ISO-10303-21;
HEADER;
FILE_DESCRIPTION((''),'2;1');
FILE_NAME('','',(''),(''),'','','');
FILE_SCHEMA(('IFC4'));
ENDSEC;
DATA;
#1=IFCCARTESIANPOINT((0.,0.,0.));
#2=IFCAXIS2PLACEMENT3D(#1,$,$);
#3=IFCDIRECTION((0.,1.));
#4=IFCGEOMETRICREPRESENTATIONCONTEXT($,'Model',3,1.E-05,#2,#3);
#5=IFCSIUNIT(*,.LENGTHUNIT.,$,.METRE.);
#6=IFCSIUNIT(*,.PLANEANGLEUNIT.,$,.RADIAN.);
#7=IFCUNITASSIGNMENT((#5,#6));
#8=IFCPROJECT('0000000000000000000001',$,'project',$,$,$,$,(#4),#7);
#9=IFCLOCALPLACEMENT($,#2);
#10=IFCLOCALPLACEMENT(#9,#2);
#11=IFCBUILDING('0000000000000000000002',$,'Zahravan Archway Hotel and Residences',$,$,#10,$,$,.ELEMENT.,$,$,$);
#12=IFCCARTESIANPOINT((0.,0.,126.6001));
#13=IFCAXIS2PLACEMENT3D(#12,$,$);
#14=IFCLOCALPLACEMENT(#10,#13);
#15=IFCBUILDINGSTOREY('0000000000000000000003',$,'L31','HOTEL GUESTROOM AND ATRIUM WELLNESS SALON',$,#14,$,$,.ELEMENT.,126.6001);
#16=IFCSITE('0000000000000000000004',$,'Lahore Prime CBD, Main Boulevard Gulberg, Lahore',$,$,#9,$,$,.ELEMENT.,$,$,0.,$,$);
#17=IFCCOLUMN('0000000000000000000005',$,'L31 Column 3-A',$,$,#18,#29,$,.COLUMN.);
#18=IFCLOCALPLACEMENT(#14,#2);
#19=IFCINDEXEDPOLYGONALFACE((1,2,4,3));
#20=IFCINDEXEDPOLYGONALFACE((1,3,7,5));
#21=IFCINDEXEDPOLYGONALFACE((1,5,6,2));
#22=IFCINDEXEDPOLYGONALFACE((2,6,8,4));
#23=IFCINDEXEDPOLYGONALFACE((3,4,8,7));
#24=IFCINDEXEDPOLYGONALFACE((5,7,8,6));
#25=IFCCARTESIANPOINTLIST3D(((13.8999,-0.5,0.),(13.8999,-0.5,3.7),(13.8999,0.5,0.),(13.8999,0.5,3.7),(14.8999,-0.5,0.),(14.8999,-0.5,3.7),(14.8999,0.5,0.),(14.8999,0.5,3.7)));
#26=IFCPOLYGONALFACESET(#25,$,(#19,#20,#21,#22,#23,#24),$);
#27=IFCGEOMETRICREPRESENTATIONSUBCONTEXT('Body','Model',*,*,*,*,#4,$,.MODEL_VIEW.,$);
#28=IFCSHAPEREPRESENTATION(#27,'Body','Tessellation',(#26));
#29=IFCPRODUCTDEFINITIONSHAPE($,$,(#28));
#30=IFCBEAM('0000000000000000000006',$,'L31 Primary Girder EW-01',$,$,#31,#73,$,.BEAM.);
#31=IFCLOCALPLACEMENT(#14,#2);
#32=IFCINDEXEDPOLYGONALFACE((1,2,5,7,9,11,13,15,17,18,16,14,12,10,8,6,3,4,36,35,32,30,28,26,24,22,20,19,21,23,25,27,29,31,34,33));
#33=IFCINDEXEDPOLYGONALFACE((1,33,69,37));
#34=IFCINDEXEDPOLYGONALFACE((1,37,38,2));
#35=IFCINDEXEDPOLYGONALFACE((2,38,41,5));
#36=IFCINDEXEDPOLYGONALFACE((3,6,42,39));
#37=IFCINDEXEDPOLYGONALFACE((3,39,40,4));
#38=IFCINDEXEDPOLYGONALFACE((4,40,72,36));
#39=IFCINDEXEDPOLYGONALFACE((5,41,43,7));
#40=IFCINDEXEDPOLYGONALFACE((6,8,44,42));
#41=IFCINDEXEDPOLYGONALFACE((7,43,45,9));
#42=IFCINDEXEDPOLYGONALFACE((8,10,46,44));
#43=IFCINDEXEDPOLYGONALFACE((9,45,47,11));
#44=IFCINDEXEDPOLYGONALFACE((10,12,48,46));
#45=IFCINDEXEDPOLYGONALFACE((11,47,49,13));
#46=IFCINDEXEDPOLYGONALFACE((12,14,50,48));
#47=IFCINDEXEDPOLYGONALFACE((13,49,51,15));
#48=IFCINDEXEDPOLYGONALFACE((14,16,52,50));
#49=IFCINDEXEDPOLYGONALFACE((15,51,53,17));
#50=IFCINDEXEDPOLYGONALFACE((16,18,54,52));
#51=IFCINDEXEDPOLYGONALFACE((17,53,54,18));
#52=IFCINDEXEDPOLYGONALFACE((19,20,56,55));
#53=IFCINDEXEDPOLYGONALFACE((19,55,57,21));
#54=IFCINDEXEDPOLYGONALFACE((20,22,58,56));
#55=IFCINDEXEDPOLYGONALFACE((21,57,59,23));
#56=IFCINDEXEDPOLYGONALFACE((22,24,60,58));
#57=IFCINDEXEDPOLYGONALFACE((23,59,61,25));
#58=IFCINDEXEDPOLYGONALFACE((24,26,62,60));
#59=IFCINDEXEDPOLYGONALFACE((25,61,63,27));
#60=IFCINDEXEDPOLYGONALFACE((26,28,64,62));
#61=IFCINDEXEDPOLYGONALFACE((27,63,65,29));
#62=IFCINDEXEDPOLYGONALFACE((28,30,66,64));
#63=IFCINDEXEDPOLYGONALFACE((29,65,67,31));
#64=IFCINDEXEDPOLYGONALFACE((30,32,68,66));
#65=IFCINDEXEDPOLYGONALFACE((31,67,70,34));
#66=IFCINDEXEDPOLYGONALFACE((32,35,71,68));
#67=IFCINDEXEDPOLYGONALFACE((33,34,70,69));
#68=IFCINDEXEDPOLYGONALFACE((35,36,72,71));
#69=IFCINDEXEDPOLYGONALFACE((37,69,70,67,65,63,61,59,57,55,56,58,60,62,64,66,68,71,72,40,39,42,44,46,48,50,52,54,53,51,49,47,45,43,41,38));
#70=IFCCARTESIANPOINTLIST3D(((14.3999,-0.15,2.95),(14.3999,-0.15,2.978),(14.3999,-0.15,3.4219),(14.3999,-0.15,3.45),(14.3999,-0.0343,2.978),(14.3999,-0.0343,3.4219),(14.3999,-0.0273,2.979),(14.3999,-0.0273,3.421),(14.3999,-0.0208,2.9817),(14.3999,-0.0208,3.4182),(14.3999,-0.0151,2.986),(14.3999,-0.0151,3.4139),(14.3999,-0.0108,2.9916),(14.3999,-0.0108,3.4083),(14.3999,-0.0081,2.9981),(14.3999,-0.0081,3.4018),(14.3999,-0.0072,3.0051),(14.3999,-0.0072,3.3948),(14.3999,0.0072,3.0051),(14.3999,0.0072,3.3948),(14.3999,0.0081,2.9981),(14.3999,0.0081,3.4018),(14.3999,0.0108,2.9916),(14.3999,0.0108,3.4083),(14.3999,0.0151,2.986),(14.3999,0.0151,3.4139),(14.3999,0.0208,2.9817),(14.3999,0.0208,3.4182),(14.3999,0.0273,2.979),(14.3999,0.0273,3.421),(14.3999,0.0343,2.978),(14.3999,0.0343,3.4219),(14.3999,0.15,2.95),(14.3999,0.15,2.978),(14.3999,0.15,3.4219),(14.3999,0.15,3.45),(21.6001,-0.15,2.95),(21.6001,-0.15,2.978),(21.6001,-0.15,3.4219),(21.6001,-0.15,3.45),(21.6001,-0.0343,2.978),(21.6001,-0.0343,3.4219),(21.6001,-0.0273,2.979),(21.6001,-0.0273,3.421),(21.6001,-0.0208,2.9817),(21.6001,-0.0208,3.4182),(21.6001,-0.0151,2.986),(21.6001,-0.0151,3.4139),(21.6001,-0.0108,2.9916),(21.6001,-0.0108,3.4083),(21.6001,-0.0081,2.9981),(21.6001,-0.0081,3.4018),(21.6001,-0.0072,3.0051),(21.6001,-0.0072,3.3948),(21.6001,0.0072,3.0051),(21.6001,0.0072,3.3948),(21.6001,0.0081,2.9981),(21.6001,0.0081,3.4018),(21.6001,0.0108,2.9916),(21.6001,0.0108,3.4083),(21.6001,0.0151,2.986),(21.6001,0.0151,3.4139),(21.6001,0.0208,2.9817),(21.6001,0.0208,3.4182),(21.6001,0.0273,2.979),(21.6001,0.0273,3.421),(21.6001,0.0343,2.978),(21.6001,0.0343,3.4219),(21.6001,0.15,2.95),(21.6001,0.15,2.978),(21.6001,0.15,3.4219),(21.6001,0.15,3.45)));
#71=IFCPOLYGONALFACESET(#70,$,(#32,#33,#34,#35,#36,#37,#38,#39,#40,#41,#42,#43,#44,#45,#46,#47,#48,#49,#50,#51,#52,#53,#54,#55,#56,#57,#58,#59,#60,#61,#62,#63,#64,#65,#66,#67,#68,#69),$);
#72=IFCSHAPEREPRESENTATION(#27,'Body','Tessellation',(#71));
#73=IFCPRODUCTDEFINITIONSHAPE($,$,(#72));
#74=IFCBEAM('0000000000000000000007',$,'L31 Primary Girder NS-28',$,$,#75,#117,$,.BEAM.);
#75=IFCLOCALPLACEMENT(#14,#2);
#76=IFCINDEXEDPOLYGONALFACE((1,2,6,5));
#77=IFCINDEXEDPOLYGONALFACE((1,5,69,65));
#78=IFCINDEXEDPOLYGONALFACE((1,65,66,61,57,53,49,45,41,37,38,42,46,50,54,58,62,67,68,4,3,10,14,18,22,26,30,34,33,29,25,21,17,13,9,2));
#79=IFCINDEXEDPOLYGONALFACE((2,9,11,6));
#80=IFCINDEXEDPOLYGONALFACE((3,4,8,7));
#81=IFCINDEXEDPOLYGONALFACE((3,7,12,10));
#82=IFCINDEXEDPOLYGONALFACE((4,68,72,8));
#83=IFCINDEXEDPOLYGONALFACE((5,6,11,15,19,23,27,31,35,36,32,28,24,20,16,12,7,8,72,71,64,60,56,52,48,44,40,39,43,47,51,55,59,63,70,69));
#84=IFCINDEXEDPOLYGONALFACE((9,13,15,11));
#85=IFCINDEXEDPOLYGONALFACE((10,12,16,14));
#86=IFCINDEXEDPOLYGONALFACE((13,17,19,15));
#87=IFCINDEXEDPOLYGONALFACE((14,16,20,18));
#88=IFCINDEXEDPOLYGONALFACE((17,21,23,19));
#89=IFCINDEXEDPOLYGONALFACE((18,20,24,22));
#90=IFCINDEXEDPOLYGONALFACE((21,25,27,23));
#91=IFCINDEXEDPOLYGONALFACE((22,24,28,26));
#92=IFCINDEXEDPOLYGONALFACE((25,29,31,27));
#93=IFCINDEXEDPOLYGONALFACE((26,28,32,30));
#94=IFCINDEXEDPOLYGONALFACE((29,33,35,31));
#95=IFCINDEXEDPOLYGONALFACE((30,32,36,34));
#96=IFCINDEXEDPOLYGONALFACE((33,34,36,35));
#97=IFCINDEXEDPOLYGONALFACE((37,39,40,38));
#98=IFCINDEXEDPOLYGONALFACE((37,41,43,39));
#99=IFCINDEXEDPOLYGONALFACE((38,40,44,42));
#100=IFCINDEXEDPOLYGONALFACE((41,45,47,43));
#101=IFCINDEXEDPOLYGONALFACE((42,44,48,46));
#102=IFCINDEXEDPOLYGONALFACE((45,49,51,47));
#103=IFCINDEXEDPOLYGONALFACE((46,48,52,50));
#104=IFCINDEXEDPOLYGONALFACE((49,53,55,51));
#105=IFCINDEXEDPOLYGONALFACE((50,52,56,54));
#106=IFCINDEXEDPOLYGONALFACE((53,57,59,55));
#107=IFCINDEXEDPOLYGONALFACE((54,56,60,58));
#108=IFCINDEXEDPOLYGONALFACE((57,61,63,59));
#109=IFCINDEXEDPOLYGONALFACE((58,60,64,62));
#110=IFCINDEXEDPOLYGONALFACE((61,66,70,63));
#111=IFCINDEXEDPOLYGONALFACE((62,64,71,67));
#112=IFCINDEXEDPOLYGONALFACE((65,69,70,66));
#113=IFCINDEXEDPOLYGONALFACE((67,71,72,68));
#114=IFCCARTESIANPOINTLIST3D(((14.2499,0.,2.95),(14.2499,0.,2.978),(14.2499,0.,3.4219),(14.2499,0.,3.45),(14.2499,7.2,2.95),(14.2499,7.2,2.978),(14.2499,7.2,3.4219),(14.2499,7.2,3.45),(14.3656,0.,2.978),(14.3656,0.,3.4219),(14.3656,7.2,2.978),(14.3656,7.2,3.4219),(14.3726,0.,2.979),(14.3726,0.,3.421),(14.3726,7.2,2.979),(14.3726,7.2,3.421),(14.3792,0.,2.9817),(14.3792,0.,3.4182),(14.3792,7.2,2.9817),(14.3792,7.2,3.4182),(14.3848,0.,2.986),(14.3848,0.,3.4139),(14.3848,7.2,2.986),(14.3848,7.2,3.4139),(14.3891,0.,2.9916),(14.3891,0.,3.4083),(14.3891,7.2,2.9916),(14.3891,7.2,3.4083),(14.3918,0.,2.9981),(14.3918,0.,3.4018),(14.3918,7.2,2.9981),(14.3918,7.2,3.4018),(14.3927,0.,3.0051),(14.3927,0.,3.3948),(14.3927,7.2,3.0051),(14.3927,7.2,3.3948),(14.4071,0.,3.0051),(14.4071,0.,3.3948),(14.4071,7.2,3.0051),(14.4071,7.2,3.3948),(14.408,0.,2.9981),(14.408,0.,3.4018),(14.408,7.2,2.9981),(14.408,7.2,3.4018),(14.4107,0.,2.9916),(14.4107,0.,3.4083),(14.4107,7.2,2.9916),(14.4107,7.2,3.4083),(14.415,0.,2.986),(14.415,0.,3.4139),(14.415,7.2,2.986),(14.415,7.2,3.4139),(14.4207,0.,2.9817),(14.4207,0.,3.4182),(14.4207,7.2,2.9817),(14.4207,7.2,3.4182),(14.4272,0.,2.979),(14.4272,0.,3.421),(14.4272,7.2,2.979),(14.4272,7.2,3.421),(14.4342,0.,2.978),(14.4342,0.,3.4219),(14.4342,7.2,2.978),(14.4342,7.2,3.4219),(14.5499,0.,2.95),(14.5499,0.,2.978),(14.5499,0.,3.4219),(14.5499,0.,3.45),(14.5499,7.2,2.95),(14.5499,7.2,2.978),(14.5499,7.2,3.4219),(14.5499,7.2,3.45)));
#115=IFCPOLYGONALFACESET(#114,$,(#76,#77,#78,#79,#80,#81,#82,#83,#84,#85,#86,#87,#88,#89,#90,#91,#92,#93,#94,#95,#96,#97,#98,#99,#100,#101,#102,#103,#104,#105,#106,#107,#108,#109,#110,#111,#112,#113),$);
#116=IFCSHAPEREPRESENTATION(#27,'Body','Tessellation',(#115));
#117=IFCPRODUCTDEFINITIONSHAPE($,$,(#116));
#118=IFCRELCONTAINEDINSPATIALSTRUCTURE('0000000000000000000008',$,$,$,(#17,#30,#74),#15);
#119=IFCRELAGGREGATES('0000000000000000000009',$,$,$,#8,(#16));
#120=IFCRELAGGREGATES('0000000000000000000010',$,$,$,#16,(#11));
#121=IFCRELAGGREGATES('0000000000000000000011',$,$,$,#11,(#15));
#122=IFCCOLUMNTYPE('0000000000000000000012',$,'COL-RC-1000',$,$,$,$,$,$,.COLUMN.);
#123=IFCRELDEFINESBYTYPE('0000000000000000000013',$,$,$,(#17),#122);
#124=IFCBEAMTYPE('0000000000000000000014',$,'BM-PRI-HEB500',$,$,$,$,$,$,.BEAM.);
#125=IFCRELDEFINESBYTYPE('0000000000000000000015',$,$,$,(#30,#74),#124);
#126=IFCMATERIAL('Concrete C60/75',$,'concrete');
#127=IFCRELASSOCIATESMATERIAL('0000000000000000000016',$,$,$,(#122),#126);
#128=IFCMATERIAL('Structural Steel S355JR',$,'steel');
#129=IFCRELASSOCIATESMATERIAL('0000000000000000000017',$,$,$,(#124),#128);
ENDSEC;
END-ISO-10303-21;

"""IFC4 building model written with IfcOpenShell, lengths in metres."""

from ifc_helpers import new_model, si_unit, direction, frame, origin, origin_2d, place, context, subcontext, project, spatial, rectangle, i_section, extrude, source, transform, mapped, material, material_profile, profile_set, type_object, type_shapes, element, save


model = new_model("IFC4")

# Units and contexts
model_context = context("Model", 3, precision=1e-05, world=origin(), true_north=direction((0.0, 1.0)))
body_context = subcontext(model_context, "Body", "Model", "MODEL_VIEW")
ifc_project = project(units=[si_unit("LENGTHUNIT", "METRE"), si_unit("PLANEANGLEUNIT", "RADIAN")], contexts=[model_context])

# Site, building, storey
site_placement = place(None, origin())
site = spatial("IfcSite", under=ifc_project, at=site_placement, Name="Lahore Prime CBD, Main Boulevard Gulberg, Lahore", CompositionType="ELEMENT", RefElevation=0.0)
building_placement = place(site_placement, origin())
building = spatial("IfcBuilding", under=site, at=building_placement, Name="Zahravan Archway Hotel and Residences", CompositionType="ELEMENT")
storey_placement = place(building_placement, frame((0.0, 0.0, 126.6001)))
storey = spatial("IfcBuildingStorey", under=building, at=storey_placement, Name="L31", Description="HOTEL GUESTROOM AND ATRIUM WELLNESS SALON", CompositionType="ELEMENT", Elevation=126.6001)

# Column
ifc_material_1 = material(Name="Concrete C60/75", Category="concrete")
ifc_material_profile_1 = material_profile(ifc_material_1, rectangle(XDim=1.0, YDim=1.0, at=origin_2d()), Name="RC-COL-1000x1000", Category="concrete")
ifc_profile_set_1 = profile_set([ifc_material_profile_1], Name="Concrete C60/75")
column_type = type_object("IfcColumnType", Name="COL-RC-1000", PredefinedType="COLUMN", material=ifc_profile_set_1)
shared_shape_1 = source(origin(), body_context, "Body", "SweptSolid", [
    extrude(rectangle(XDim=1.0, YDim=1.0, at=origin_2d()), origin(), (0.0, 0.0, 1.0), 3.7),
])
type_shapes(column_type, [shared_shape_1])
column_placement = place(storey_placement, frame((14.3999, 0.0, 0.0), z_axis=(0.0, 0.0, 1.0), x_axis=(1.0, 0.0, 0.0)))
element("IfcColumn", 1, at=column_placement, inside=storey, type_object=column_type, Name="L31 Column 3-A", PredefinedType="COLUMN", context=body_context, shape_type="MappedRepresentation", body=[
    mapped(shared_shape_1, transform((0.0, 0.0, 0.0), scale=1.0)),
])

# Beams
ifc_material_2 = material(Name="Structural Steel S355JR", Category="steel")
ifc_material_profile_2 = material_profile(ifc_material_2, i_section(OverallWidth=0.3, OverallDepth=0.5, WebThickness=0.0144, FlangeThickness=0.0281, FilletRadius=0.0271, at=origin_2d()), Name="HEB 500", Category="steel")
ifc_profile_set_2 = profile_set([ifc_material_profile_2], Name="Structural Steel S355JR")
beam_type = type_object("IfcBeamType", Name="BM-PRI-HEB500", PredefinedType="BEAM", material=ifc_profile_set_2)
shared_shape_2 = source(origin(), body_context, "Body", "SweptSolid", [
    extrude(i_section(OverallWidth=0.3, OverallDepth=0.5, WebThickness=0.0144, FlangeThickness=0.0281, FilletRadius=0.0271, at=origin_2d()), origin(), (0.0, 0.0, 1.0), 7.2002),
])
type_shapes(beam_type, [shared_shape_2])
beam_1_placement = place(storey_placement, frame((14.3999, 0.0, 3.2), z_axis=(1.0, 0.0, 0.0), x_axis=(0.0, 1.0, 0.0)))
element("IfcBeam", 2, at=beam_1_placement, inside=storey, type_object=beam_type, Name="L31 Primary Girder EW-01", PredefinedType="BEAM", context=body_context, shape_type="MappedRepresentation", body=[
    mapped(shared_shape_2, transform((0.0, 0.0, 0.0), scale=1.0)),
])
shared_shape_3 = source(origin(), body_context, "Body", "SweptSolid", [
    extrude(i_section(OverallWidth=0.3, OverallDepth=0.5, WebThickness=0.0144, FlangeThickness=0.0281, FilletRadius=0.0271, at=origin_2d()), origin(), (0.0, 0.0, 1.0), 7.2),
])
beam_2_placement = place(storey_placement, frame((14.3999, 0.0, 3.2), z_axis=(0.0, 1.0, 0.0), x_axis=(-1.0, 0.0, 0.0)))
element("IfcBeam", 3, at=beam_2_placement, inside=storey, type_object=beam_type, Name="L31 Primary Girder NS-28", PredefinedType="BEAM", context=body_context, shape_type="MappedRepresentation", body=[
    mapped(shared_shape_3, transform((0.0, 0.0, 0.0), scale=1.0)),
])

save(model, "model.ifc")
